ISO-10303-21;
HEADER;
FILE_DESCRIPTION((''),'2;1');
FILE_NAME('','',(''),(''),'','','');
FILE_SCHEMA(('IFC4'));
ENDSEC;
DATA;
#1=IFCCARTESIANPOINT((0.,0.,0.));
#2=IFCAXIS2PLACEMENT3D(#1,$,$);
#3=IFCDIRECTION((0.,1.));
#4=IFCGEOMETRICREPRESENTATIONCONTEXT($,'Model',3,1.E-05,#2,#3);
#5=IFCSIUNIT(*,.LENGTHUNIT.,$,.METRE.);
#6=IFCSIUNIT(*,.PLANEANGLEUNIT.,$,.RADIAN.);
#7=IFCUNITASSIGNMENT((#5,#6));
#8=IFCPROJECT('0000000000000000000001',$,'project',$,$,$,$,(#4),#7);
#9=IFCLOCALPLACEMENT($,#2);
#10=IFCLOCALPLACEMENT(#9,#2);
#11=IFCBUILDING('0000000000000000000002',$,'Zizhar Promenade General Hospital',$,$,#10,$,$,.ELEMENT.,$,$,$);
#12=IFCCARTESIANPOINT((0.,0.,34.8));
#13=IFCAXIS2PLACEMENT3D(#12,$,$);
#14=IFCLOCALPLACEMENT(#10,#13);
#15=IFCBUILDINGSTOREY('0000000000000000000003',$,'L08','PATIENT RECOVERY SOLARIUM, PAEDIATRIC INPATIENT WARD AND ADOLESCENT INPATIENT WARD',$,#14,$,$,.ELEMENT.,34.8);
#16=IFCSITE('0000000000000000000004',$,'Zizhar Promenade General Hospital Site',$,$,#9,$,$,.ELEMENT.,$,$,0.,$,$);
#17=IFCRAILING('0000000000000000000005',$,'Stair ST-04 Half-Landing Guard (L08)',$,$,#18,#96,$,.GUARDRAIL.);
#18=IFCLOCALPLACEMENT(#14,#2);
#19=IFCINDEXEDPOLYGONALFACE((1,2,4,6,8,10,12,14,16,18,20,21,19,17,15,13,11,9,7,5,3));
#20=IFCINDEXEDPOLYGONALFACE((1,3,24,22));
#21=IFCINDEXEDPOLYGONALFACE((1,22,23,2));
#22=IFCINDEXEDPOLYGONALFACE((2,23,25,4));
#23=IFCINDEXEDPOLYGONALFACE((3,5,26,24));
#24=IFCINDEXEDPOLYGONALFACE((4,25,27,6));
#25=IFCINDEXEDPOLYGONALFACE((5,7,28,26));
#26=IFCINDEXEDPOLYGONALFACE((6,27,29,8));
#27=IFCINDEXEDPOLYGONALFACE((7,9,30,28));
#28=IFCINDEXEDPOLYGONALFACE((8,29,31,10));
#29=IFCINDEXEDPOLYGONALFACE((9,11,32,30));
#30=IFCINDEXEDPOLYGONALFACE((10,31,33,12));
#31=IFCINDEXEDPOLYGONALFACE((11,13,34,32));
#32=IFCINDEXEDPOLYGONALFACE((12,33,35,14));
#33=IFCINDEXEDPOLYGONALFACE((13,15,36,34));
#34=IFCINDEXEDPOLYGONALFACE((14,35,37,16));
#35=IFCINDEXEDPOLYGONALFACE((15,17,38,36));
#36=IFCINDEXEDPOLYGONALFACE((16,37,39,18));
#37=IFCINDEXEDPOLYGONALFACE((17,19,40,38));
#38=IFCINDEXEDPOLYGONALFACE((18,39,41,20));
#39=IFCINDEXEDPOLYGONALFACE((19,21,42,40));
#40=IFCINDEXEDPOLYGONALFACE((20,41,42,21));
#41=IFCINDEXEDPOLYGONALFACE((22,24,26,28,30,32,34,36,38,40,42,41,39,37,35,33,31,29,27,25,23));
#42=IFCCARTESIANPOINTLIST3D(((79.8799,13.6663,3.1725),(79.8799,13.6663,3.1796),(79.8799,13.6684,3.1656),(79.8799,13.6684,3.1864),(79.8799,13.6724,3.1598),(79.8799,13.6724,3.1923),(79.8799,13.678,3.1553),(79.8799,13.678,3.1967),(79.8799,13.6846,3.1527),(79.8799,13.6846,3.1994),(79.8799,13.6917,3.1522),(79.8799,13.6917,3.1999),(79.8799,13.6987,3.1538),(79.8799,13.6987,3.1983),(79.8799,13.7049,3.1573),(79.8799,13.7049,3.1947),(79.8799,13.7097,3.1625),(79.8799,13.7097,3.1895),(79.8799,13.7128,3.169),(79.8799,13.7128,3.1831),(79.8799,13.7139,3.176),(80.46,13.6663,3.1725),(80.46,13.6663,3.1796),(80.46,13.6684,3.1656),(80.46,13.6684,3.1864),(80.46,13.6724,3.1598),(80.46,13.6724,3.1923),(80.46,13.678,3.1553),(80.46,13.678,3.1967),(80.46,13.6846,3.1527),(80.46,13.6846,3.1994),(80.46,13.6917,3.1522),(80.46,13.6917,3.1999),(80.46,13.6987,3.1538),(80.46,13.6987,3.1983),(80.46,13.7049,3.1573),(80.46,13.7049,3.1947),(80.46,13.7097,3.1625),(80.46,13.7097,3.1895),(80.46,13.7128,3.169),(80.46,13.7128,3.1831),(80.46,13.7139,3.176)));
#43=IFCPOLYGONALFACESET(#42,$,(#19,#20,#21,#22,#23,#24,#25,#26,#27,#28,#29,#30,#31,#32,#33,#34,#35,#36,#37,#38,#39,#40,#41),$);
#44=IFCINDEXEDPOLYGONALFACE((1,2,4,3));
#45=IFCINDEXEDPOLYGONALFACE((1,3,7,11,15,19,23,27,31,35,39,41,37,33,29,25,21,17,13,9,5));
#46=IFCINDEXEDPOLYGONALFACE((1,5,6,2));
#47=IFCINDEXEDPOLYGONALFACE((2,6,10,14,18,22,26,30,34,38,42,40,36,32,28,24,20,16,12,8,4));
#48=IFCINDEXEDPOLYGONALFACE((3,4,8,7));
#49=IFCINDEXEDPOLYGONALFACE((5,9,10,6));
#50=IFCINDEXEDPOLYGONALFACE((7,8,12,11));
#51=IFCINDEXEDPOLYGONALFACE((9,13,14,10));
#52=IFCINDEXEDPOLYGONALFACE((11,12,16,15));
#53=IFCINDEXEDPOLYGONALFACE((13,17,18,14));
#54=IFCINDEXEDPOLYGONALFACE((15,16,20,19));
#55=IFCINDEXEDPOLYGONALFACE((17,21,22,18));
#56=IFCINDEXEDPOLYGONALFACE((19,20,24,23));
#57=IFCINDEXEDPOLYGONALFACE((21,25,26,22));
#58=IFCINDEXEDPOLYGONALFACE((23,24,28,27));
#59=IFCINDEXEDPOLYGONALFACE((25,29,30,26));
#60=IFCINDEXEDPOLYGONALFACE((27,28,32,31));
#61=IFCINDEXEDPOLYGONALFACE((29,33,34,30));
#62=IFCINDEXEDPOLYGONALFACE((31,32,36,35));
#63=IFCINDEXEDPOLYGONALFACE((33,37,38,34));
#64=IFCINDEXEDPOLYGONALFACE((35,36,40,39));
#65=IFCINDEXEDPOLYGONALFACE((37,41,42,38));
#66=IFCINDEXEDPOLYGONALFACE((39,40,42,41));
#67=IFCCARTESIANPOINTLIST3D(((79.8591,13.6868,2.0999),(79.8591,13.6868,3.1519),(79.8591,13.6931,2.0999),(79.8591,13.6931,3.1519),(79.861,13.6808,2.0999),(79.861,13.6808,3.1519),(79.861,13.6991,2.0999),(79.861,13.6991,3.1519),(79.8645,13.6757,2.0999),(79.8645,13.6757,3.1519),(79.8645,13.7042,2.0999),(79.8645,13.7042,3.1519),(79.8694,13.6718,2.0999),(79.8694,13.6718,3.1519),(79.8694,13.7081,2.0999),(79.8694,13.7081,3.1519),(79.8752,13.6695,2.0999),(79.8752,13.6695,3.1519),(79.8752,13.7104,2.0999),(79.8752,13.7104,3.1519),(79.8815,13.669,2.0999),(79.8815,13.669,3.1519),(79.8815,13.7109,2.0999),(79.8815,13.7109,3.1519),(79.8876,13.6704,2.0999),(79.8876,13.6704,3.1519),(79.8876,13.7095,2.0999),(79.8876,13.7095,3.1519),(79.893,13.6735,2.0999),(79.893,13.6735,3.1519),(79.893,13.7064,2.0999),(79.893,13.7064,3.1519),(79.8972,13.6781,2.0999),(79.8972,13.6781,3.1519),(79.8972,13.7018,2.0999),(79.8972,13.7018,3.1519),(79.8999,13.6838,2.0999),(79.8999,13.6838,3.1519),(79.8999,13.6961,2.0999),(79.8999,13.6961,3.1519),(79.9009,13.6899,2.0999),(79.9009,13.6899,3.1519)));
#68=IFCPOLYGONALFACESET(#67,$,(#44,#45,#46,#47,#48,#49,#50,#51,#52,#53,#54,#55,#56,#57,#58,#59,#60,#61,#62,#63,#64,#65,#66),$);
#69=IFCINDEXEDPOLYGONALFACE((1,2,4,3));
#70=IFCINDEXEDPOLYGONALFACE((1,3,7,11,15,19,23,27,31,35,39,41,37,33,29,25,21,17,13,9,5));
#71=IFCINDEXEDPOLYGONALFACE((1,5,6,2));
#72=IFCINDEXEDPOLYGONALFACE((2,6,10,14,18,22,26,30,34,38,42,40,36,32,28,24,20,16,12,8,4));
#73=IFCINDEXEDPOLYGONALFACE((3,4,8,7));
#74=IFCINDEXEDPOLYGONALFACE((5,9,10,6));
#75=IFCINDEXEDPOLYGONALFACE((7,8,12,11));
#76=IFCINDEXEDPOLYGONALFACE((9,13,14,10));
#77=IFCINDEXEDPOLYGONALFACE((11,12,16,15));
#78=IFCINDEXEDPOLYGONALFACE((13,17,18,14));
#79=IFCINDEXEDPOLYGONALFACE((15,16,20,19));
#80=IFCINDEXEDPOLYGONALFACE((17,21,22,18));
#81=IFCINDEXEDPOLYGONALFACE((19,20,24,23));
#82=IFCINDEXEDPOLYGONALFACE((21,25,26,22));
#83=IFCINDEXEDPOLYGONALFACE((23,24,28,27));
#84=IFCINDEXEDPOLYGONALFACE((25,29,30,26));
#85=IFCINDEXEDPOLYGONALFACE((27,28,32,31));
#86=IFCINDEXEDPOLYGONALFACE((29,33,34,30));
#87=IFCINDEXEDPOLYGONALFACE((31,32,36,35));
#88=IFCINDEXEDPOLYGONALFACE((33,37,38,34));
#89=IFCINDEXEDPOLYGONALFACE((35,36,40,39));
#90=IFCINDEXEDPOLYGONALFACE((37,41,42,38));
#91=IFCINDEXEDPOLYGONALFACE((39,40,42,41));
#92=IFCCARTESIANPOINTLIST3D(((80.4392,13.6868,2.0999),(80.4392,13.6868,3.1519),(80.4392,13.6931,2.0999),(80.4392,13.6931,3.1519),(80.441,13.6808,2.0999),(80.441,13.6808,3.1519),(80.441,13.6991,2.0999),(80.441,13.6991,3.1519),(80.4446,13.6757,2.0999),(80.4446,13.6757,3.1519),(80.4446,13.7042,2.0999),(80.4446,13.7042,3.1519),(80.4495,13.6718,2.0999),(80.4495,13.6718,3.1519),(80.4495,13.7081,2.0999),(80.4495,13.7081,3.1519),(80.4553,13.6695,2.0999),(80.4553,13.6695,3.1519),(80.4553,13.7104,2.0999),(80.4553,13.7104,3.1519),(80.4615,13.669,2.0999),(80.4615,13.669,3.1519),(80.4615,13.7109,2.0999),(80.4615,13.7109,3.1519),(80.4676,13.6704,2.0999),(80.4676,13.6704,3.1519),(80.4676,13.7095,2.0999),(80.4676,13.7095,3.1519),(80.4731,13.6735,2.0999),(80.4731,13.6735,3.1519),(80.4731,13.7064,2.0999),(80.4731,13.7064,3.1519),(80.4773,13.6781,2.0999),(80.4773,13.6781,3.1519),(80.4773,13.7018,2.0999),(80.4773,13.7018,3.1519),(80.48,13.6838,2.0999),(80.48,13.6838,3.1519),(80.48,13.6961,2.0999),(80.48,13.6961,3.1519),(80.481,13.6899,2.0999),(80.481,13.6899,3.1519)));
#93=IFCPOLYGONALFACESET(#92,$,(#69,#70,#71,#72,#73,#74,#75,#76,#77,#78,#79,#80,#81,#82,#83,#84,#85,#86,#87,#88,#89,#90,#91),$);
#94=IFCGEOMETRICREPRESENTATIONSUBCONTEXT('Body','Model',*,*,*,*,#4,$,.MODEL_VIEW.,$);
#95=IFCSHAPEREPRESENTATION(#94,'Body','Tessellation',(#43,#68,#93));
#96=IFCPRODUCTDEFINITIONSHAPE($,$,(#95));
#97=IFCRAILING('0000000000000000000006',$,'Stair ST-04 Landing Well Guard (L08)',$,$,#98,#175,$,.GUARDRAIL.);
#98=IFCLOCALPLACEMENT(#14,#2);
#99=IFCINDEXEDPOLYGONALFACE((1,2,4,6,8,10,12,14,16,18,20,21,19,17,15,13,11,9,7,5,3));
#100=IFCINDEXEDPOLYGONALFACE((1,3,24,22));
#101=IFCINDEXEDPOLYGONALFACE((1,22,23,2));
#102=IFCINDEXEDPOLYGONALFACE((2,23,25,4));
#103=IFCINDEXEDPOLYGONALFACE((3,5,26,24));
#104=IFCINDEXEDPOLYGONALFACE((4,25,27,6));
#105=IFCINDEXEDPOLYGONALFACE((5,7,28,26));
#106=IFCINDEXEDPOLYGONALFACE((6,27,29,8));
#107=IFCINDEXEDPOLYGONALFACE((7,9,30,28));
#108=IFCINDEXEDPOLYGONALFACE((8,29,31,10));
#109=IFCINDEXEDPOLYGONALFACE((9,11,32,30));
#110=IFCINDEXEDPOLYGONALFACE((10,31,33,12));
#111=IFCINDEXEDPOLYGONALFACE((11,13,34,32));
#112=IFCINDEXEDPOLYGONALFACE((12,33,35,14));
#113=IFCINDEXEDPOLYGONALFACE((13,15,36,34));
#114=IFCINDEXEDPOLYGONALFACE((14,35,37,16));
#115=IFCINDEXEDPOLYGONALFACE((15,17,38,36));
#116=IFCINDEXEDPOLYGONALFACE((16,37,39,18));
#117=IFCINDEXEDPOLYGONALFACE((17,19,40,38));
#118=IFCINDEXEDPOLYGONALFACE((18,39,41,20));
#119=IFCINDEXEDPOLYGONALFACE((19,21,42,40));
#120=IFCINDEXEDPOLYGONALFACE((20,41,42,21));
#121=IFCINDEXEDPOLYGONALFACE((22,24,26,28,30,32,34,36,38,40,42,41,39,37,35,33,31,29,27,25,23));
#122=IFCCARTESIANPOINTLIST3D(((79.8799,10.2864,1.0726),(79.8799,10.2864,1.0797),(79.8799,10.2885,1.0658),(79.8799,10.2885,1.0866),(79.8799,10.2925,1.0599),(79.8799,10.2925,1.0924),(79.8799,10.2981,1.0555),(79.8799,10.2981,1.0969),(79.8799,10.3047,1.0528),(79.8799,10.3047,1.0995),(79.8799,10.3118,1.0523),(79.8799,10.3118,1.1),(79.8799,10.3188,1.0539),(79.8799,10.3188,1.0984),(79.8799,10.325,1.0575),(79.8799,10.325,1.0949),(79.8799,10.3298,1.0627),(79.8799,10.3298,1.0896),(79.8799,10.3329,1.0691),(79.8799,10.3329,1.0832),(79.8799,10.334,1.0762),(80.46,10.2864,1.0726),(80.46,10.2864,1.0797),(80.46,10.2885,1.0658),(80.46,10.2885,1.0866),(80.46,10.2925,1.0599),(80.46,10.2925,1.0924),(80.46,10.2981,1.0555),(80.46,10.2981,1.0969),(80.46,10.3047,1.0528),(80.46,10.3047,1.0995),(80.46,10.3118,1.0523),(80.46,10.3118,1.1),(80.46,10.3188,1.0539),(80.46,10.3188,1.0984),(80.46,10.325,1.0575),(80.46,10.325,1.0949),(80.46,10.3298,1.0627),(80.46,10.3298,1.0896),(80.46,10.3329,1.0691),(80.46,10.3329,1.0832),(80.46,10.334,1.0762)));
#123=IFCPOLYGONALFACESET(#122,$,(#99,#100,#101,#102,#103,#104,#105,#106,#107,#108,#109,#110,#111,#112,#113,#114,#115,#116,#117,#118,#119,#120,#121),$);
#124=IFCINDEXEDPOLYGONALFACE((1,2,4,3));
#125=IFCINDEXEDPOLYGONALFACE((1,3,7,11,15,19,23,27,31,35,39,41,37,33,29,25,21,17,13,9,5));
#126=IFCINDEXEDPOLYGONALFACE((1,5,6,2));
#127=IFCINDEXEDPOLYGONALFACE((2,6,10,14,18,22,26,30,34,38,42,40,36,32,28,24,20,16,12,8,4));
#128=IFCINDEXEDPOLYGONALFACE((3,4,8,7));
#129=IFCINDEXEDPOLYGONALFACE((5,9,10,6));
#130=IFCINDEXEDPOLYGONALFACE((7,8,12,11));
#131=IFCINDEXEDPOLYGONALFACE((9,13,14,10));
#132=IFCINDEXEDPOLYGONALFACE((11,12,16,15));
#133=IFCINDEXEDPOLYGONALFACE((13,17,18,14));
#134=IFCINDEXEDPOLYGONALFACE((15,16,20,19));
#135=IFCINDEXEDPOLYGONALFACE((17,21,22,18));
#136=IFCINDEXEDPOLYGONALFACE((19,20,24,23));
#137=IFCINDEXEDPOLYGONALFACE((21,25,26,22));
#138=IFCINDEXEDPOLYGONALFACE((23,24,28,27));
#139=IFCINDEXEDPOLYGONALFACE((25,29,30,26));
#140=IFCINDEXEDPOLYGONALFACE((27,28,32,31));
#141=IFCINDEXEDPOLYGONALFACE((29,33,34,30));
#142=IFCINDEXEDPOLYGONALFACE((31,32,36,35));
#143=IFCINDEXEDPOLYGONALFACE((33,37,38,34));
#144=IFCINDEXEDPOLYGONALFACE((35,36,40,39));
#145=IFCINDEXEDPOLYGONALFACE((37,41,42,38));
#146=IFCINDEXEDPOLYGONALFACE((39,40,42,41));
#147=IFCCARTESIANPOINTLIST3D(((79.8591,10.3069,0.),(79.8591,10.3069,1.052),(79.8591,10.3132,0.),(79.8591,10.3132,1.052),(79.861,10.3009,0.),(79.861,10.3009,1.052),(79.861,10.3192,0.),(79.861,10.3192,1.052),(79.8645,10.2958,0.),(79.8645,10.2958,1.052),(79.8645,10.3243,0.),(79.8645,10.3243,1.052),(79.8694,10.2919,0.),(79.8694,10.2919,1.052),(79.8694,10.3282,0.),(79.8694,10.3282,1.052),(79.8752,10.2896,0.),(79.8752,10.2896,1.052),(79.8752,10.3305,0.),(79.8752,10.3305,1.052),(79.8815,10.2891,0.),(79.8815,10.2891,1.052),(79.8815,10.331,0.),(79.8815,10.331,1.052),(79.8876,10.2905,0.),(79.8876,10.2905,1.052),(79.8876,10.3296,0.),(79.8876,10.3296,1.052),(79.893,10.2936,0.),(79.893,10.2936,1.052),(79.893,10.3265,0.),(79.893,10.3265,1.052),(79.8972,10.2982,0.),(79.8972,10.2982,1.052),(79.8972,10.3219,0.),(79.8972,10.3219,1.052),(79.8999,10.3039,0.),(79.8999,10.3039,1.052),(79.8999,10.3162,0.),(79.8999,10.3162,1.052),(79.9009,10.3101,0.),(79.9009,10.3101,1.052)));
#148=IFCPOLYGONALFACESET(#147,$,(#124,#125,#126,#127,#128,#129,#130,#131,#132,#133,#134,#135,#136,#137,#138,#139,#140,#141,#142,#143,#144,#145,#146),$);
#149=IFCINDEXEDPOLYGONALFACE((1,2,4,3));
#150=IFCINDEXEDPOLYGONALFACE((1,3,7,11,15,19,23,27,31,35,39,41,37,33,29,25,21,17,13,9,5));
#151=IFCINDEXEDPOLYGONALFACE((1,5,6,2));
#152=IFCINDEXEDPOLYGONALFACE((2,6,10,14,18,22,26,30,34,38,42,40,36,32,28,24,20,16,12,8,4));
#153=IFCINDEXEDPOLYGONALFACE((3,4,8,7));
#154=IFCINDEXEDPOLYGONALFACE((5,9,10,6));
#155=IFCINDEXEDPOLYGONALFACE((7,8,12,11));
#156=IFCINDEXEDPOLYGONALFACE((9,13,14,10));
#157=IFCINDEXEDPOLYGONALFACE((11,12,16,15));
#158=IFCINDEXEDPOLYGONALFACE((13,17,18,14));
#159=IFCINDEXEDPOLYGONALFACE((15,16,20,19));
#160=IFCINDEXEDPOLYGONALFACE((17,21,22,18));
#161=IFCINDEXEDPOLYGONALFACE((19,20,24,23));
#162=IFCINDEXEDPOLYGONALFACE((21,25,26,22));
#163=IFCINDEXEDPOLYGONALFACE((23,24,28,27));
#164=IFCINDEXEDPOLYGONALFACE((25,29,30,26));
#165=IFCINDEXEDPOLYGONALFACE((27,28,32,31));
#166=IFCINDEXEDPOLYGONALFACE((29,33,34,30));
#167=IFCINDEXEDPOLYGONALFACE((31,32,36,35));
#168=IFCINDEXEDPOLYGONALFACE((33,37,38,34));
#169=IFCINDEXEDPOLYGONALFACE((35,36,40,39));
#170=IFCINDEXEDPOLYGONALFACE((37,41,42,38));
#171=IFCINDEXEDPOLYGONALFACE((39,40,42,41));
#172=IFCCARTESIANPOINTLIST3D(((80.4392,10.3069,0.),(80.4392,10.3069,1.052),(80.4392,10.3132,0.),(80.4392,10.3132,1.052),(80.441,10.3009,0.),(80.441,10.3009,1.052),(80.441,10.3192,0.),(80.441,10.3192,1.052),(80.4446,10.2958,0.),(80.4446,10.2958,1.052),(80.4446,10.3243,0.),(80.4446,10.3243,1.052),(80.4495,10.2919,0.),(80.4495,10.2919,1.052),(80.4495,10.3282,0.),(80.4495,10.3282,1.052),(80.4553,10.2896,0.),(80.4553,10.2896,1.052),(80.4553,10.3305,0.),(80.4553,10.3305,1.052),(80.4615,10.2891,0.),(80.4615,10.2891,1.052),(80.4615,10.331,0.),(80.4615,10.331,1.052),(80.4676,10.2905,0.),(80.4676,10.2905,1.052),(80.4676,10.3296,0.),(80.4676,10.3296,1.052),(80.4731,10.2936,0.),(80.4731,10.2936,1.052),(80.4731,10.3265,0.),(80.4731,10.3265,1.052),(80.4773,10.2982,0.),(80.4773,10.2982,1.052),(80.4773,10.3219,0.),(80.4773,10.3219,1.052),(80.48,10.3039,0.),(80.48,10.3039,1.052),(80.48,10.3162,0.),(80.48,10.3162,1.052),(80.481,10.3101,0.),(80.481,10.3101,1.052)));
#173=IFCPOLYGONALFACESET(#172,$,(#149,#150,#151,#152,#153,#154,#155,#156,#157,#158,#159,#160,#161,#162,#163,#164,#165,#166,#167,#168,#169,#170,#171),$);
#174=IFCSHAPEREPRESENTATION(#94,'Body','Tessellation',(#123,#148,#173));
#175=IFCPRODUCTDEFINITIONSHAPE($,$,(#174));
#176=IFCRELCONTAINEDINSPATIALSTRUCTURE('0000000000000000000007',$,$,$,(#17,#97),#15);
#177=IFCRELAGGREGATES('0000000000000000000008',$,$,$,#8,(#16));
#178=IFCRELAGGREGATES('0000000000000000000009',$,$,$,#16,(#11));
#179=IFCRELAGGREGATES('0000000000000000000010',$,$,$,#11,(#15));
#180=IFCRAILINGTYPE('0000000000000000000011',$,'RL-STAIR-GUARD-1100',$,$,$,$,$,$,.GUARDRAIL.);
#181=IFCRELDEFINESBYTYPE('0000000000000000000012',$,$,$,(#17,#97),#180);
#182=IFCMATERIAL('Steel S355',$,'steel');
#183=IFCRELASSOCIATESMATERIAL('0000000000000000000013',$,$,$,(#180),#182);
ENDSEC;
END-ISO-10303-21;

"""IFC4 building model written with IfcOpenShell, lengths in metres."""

from ifc_helpers import new_model, si_unit, direction, frame, origin, origin_2d, place, context, subcontext, project, spatial, circle, hollow_circle, extrude, material, material_profile, profile_set, type_object, element, save


model = new_model("IFC4")

# Units and contexts
model_context = context("Model", 3, precision=1e-05, world=origin(), true_north=direction((0.0, 1.0)))
body_context = subcontext(model_context, "Body", "Model", "MODEL_VIEW")
ifc_project = project(units=[si_unit("LENGTHUNIT", "METRE"), si_unit("PLANEANGLEUNIT", "RADIAN")], contexts=[model_context])

# Site, building, storey
site_placement = place(None, origin())
site = spatial("IfcSite", under=ifc_project, at=site_placement, Name="Zizhar Promenade General Hospital Site", CompositionType="ELEMENT", RefElevation=0.0)
building_placement = place(site_placement, origin())
building = spatial("IfcBuilding", under=site, at=building_placement, Name="Zizhar Promenade General Hospital", CompositionType="ELEMENT")
storey_placement = place(building_placement, frame((0.0, 0.0, 34.8)))
storey = spatial("IfcBuildingStorey", under=building, at=storey_placement, Name="L08", Description="PATIENT RECOVERY SOLARIUM, PAEDIATRIC INPATIENT WARD AND ADOLESCENT INPATIENT WARD", CompositionType="ELEMENT", Elevation=34.8)

# Railings
ifc_material_1 = material(Name="Steel S355", Category="steel")
ifc_material_profile_1 = material_profile(ifc_material_1, hollow_circle(Radius=0.0698, WallThickness=0.0063, at=origin_2d()))
ifc_profile_set_1 = profile_set([ifc_material_profile_1], Name="Steel S355")
railing_type_1 = type_object("IfcRailingType", Name="RL-STAIR-GUARD-1100", PredefinedType="GUARDRAIL", material=ifc_profile_set_1)
for number, where, name in (
    (1, (79.8799, 13.6899, 2.0999), "Stair ST-04 Half-Landing Guard (L08)"),
    (2, (79.8799, 10.3101, 0.0), "Stair ST-04 Landing Well Guard (L08)"),
):
    element("IfcRailing", number, at=place(storey_placement, frame(where)), inside=storey, type_object=railing_type_1, Name=name, PredefinedType="GUARDRAIL", context=body_context, shape_type="SweptSolid", body=[
        extrude(circle(Radius=0.0239, at=origin_2d()), frame((0.0, 0.0, 1.0762), z_axis=(1.0, 0.0, 0.0), x_axis=(0.0, 1.0, 0.0)), (0.0, 0.0, 1.0), 0.5801),
        extrude(circle(Radius=0.021, at=origin_2d()), origin(), (0.0, 0.0, 1.0), 1.052),
        extrude(circle(Radius=0.021, at=origin_2d()), frame((0.5801, 0.0, 0.0)), (0.0, 0.0, 1.0), 1.052),
    ])

save(model, "model.ifc")
